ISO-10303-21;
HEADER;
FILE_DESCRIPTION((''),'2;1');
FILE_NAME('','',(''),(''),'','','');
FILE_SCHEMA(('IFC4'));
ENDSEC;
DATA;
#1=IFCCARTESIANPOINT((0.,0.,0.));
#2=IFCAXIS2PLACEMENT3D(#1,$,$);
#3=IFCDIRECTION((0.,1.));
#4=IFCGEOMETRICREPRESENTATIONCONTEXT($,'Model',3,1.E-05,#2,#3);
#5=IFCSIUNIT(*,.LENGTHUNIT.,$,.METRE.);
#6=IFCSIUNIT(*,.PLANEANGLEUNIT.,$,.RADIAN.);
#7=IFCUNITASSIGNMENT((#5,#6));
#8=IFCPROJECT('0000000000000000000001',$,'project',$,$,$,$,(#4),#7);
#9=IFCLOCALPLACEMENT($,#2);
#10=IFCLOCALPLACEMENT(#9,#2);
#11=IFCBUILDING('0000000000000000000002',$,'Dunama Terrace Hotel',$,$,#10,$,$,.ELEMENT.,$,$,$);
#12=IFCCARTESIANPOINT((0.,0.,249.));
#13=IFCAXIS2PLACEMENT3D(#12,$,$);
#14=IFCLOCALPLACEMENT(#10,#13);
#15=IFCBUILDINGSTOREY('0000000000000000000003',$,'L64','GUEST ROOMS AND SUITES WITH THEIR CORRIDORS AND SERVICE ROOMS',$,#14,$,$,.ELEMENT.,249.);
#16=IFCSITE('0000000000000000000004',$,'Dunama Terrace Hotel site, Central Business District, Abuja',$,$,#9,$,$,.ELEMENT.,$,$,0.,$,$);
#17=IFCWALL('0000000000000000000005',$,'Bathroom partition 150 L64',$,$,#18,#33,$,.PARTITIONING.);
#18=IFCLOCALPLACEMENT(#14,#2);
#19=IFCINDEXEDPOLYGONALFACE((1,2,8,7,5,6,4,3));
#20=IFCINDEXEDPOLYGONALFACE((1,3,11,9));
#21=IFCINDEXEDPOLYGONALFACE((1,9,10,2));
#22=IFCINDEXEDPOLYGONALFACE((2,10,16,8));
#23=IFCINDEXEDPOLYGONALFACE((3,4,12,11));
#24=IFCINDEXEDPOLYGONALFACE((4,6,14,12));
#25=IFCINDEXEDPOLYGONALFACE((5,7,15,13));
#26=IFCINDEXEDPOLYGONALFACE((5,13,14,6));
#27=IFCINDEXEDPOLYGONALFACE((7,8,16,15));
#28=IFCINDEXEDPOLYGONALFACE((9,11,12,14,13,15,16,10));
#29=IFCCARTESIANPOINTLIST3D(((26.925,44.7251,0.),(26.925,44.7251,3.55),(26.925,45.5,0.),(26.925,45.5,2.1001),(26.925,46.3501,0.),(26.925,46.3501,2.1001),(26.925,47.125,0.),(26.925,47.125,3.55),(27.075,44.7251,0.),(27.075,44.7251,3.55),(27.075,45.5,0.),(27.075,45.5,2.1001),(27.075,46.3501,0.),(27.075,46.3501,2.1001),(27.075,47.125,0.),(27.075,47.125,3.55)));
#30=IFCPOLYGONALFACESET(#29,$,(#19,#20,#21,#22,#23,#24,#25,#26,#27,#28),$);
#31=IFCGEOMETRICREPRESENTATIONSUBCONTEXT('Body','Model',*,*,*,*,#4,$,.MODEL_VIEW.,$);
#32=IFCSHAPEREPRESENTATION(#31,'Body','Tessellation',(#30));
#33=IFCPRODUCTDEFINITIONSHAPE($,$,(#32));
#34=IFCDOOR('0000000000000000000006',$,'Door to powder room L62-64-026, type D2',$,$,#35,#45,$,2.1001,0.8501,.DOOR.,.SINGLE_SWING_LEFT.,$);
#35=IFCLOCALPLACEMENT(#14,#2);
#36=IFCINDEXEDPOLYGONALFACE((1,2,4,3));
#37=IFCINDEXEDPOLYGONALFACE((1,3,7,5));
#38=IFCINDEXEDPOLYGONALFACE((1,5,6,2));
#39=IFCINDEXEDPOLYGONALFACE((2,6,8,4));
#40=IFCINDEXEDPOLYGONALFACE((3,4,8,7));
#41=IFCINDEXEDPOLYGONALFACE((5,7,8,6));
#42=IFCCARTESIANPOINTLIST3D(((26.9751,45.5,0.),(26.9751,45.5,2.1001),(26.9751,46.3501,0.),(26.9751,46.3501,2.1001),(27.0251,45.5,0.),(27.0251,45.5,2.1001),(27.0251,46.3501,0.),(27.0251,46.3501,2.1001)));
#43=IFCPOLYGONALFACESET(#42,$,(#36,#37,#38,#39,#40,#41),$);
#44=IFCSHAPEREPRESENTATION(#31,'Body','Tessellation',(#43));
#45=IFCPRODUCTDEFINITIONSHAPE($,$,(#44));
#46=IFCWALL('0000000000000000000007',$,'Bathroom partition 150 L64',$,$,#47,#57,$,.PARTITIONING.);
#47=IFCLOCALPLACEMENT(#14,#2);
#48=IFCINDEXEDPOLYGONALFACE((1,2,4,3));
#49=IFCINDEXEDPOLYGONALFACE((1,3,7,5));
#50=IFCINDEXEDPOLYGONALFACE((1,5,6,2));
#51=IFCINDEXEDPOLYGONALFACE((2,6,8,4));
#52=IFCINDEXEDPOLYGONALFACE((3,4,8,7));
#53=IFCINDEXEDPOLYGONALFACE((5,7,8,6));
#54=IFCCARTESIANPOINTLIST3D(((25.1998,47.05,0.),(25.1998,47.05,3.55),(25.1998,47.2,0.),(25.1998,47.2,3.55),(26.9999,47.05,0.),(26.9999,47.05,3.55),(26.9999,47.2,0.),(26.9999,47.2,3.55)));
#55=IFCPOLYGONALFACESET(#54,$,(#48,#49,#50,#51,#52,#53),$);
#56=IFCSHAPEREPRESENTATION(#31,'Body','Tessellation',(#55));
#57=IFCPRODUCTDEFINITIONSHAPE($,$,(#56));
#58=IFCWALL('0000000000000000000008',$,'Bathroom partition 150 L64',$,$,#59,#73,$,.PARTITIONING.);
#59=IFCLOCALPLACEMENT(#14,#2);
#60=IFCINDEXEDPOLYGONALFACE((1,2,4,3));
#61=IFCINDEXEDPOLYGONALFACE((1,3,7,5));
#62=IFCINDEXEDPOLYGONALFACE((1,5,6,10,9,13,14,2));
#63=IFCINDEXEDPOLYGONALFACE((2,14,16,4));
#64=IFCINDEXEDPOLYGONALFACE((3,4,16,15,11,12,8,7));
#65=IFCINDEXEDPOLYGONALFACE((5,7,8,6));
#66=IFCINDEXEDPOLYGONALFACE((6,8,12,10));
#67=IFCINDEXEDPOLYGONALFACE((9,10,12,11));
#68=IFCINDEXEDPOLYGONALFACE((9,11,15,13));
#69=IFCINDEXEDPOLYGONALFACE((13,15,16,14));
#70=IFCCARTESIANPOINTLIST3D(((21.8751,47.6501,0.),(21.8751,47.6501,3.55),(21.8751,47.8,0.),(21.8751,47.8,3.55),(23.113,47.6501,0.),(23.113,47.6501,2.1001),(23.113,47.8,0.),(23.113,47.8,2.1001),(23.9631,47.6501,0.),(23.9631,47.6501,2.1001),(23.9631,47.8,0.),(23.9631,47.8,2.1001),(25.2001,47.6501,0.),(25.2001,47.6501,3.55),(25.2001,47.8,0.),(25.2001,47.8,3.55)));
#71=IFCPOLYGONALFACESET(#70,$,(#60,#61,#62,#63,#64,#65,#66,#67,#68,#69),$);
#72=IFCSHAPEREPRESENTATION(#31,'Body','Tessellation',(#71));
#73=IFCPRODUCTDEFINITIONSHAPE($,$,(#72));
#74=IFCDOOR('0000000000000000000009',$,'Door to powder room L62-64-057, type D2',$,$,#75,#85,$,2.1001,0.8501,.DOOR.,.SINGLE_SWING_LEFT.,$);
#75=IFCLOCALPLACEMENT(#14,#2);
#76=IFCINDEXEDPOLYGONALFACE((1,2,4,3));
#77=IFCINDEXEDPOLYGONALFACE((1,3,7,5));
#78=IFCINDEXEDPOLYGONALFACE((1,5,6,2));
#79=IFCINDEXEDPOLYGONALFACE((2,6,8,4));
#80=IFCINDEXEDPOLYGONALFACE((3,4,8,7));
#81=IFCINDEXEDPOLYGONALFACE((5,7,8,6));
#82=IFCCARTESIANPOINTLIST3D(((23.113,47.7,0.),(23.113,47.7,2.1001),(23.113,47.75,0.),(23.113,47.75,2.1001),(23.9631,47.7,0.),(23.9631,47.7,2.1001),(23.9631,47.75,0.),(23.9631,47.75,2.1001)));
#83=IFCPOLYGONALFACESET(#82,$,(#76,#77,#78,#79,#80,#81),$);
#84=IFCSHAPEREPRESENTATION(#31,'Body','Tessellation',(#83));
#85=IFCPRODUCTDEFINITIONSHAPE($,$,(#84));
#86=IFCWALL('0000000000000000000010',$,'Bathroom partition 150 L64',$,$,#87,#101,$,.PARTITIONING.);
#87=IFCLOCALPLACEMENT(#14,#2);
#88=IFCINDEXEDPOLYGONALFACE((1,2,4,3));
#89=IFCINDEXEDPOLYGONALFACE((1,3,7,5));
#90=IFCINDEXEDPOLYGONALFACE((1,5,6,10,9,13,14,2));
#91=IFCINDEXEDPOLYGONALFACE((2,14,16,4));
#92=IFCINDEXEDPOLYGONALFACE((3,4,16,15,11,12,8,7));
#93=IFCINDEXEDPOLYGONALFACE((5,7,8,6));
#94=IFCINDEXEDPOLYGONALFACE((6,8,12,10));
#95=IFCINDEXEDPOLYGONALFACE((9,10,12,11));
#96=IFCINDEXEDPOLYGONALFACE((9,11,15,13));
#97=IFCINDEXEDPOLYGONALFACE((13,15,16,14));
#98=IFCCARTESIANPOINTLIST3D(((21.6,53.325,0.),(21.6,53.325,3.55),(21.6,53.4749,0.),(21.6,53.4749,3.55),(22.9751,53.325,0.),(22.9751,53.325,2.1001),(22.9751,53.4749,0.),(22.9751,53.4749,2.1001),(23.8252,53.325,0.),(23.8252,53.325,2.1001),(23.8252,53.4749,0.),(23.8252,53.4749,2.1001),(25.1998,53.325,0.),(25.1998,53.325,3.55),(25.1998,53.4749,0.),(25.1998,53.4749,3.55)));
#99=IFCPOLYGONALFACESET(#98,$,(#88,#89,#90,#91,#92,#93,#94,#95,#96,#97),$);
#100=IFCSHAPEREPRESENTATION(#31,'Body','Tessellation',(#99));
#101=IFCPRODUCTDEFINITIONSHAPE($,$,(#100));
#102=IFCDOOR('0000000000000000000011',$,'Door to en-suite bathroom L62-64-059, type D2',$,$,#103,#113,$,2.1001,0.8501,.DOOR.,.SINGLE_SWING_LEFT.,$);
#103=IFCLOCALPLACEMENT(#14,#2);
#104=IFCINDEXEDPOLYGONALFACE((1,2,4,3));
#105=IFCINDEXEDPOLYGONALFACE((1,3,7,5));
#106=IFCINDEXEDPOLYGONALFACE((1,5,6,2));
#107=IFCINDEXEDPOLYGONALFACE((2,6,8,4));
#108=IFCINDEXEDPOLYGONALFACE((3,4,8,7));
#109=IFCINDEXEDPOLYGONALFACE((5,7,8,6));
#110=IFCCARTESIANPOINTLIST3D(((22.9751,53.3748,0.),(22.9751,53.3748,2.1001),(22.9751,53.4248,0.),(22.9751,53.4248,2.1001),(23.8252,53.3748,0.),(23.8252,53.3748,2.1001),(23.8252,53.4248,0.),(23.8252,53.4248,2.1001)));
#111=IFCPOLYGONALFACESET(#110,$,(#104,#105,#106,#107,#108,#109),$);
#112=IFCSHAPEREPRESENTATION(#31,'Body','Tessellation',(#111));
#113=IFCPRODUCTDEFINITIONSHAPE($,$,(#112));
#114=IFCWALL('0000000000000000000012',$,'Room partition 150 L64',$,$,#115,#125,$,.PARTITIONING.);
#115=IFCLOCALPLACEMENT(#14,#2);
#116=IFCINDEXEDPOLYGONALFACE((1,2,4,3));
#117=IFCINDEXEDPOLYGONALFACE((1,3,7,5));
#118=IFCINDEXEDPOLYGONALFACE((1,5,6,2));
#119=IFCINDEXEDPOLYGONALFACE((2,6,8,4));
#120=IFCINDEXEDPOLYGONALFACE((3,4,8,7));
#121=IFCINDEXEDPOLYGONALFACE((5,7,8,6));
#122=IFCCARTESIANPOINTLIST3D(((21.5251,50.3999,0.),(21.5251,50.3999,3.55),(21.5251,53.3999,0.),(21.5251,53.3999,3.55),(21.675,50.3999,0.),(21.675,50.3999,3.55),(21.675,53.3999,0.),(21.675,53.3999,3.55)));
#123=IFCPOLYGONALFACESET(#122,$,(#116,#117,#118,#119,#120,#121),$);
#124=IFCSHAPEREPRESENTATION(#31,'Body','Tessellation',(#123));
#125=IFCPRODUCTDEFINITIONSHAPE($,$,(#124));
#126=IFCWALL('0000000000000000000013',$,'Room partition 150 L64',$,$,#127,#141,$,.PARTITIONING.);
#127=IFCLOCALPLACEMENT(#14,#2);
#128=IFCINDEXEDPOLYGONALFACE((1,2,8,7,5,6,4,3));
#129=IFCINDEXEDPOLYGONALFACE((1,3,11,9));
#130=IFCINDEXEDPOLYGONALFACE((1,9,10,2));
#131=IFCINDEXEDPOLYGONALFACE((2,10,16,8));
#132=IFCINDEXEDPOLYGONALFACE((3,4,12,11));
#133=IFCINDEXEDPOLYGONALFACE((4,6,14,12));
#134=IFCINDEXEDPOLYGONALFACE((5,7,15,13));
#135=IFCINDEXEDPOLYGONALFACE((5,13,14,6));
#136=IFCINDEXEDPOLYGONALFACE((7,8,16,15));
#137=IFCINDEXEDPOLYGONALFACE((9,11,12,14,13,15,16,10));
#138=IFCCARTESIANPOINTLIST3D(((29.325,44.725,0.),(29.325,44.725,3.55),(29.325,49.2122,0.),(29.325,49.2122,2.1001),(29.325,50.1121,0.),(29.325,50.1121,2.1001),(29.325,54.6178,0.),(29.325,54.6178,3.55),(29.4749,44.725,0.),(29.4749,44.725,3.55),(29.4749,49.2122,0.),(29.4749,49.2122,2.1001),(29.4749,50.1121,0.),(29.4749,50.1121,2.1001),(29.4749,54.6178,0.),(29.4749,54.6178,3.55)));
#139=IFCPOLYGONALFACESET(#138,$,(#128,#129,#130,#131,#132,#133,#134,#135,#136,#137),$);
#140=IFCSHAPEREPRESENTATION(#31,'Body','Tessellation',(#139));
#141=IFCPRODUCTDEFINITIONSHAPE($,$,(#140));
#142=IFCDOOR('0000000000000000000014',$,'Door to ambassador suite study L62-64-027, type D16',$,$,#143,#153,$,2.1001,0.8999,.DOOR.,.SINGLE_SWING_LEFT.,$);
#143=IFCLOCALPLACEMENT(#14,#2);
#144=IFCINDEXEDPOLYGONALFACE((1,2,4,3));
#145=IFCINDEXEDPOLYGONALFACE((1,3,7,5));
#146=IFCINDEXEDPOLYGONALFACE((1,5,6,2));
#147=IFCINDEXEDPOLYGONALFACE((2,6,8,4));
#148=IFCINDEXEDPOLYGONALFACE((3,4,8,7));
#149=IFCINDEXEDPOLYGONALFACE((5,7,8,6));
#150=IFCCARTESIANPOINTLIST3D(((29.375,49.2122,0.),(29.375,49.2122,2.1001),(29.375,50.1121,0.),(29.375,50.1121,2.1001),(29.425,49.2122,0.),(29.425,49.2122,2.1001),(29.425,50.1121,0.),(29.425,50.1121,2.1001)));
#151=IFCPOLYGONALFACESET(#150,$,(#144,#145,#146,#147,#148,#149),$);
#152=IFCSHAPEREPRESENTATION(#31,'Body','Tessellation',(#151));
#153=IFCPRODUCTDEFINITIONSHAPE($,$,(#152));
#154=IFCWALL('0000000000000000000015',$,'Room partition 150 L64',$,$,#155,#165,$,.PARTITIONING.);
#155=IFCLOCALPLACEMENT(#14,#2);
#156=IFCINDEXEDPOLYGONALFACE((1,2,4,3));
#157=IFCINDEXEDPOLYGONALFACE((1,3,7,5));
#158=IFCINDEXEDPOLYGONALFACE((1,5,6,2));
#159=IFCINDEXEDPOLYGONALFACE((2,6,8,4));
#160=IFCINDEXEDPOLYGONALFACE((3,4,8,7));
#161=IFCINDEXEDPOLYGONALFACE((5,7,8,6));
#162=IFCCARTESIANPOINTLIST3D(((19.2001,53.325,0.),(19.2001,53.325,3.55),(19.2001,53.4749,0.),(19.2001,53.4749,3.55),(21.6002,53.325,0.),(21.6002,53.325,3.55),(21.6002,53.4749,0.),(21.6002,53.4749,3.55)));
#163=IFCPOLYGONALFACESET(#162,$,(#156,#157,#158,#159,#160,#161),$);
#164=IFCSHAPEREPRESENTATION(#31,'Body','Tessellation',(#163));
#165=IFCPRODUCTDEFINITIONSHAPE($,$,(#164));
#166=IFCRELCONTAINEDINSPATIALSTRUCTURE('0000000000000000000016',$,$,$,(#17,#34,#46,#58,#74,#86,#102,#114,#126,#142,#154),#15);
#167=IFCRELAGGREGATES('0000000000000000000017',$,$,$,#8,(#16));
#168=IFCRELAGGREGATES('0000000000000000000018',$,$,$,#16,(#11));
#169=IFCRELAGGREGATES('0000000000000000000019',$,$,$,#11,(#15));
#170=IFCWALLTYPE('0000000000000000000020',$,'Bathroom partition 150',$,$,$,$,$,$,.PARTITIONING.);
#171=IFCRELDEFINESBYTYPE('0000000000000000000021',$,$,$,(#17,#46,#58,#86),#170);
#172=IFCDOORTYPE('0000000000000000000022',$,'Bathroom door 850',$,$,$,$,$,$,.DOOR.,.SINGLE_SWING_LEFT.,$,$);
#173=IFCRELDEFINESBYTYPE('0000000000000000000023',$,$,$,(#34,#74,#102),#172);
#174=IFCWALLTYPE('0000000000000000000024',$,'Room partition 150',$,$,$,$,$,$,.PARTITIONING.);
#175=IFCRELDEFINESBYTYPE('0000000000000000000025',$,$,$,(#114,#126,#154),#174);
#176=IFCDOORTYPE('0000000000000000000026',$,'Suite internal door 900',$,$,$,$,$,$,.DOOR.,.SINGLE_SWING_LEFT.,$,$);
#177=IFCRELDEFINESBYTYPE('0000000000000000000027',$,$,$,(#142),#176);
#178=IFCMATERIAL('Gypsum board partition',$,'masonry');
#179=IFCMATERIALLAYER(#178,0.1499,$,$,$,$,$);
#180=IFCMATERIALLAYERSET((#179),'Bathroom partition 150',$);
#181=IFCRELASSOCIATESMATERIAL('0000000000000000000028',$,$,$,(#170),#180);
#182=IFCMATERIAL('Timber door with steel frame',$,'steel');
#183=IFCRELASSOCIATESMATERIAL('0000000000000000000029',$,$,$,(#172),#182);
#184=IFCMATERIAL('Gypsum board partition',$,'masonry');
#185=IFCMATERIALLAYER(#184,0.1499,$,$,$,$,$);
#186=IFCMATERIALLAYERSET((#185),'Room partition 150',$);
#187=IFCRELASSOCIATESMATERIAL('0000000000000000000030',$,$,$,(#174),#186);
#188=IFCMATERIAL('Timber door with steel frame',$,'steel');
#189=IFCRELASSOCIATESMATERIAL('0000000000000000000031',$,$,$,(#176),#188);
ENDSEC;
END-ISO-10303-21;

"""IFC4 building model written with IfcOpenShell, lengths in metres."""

from ifc_helpers import new_model, si_unit, direction, frame, frame_2d, origin, place, context, subcontext, project, spatial, rectangle, extrude, material, layer, layer_set, type_object, element, fill, save


model = new_model("IFC4")

# Units and contexts
model_context = context("Model", 3, precision=1e-05, world=origin(), true_north=direction((0.0, 1.0)))
body_context = subcontext(model_context, "Body", "Model", "MODEL_VIEW")
ifc_project = project(units=[si_unit("LENGTHUNIT", "METRE"), si_unit("PLANEANGLEUNIT", "RADIAN")], contexts=[model_context])

# Site, building, storey
site_placement = place(None, origin())
site = spatial("IfcSite", under=ifc_project, at=site_placement, Name="Dunama Terrace Hotel site, Central Business District, Abuja", CompositionType="ELEMENT", RefElevation=0.0)
building_placement = place(site_placement, origin())
building = spatial("IfcBuilding", under=site, at=building_placement, Name="Dunama Terrace Hotel", CompositionType="ELEMENT")
storey_placement = place(building_placement, frame((0.0, 0.0, 249.0)))
storey = spatial("IfcBuildingStorey", under=building, at=storey_placement, Name="L64", Description="GUEST ROOMS AND SUITES WITH THEIR CORRIDORS AND SERVICE ROOMS", CompositionType="ELEMENT", Elevation=249.0)

# Wall, opening, door
ifc_material_1 = material(Name="Gypsum board partition", Category="masonry")
ifc_layer_1 = layer(ifc_material_1, 0.1499)
ifc_layer_set_1 = layer_set([ifc_layer_1], Name="Bathroom partition 150")
wall_type_1 = type_object("IfcWallType", Name="Bathroom partition 150", PredefinedType="PARTITIONING", material=ifc_layer_set_1)
wall_1_placement = place(storey_placement, frame((27.0, 44.7251, 0.0), z_axis=(0.0, 0.0, 1.0), x_axis=(0.0, 1.0, 0.0)))
wall_1 = element("IfcWall", 1, at=wall_1_placement, inside=storey, type_object=wall_type_1, Name="Bathroom partition 150 L64", PredefinedType="PARTITIONING", context=body_context, shape_type="SweptSolid", body=[
    extrude(rectangle(XDim=2.3999, YDim=0.1499, at=frame_2d((1.2, 0.0))), origin(), (0.0, 0.0, 1.0), 3.55),
])
opening_1_placement = place(wall_1_placement, frame((0.7749, 0.0, 0.0)))
opening_1 = element("IfcOpeningElement", 2, at=opening_1_placement, cuts=wall_1, PredefinedType="OPENING", context=body_context, shape_type="SweptSolid", body=[
    extrude(rectangle(XDim=0.8501, YDim=2.1001, at=frame_2d((0.425, 1.05))), frame((0.0, 0.085, 0.0), z_axis=(0.0, -1.0, 0.0), x_axis=(1.0, 0.0, 0.0)), (0.0, 0.0, 1.0), 0.1699),
])
ifc_material_2 = material(Name="Timber door with steel frame", Category="steel")
door_type_1 = type_object("IfcDoorType", Name="Bathroom door 850", OperationType="SINGLE_SWING_LEFT", PredefinedType="DOOR", material=ifc_material_2)
door_1_placement = place(opening_1_placement, origin())
door_1 = element("IfcDoor", 3, at=door_1_placement, inside=storey, type_object=door_type_1, Name="Door to powder room L62-64-026, type D2", OperationType="SINGLE_SWING_LEFT", OverallHeight=2.1001, OverallWidth=0.8501, PredefinedType="DOOR", context=body_context, shape_type="SweptSolid", body=[
    extrude(rectangle(XDim=0.8501, YDim=2.1001, at=frame_2d((0.425, 1.05))), frame((0.0, 0.0249, 0.0), z_axis=(0.0, -1.0, 0.0), x_axis=(1.0, 0.0, 0.0)), (0.0, 0.0, 1.0), 0.05),
])
fill(opening_1, door_1)

# Wall
wall_2_placement = place(storey_placement, frame((25.2, 47.125, 0.0), z_axis=(0.0, 0.0, 1.0), x_axis=(1.0, 0.0, 0.0)))
element("IfcWall", 4, at=wall_2_placement, inside=storey, type_object=wall_type_1, Name="Bathroom partition 150 L64", PredefinedType="PARTITIONING", context=body_context, shape_type="SweptSolid", body=[
    extrude(rectangle(XDim=1.8, YDim=0.1499, at=frame_2d((0.8999, 0.0))), origin(), (0.0, 0.0, 1.0), 3.55),
])

# Walls, openings, doors
wall_3_placement = place(storey_placement, frame((21.875, 47.7251, 0.0), z_axis=(0.0, 0.0, 1.0), x_axis=(1.0, 0.0, 0.0)))
wall_3 = element("IfcWall", 5, at=wall_3_placement, inside=storey, type_object=wall_type_1, Name="Bathroom partition 150 L64", PredefinedType="PARTITIONING", context=body_context, shape_type="SweptSolid", body=[
    extrude(rectangle(XDim=3.325, YDim=0.1499, at=frame_2d((1.6626, 0.0))), origin(), (0.0, 0.0, 1.0), 3.55),
])
opening_2_placement = place(wall_3_placement, frame((1.238, 0.0, 0.0)))
opening_2 = element("IfcOpeningElement", 6, at=opening_2_placement, cuts=wall_3, PredefinedType="OPENING", context=body_context, shape_type="SweptSolid", body=[
    extrude(rectangle(XDim=0.8501, YDim=2.1001, at=frame_2d((0.425, 1.05))), frame((0.0, 0.085, 0.0), z_axis=(0.0, -1.0, 0.0), x_axis=(1.0, 0.0, 0.0)), (0.0, 0.0, 1.0), 0.1699),
])
door_2_placement = place(opening_2_placement, frame((0.8501, 0.0, 0.0), z_axis=(0.0, 0.0, 1.0), x_axis=(-1.0, 0.0, 0.0)))
door_2 = element("IfcDoor", 7, at=door_2_placement, inside=storey, type_object=door_type_1, Name="Door to powder room L62-64-057, type D2", OperationType="SINGLE_SWING_LEFT", OverallHeight=2.1001, OverallWidth=0.8501, PredefinedType="DOOR", context=body_context, shape_type="SweptSolid", body=[
    extrude(rectangle(XDim=0.8501, YDim=2.1001, at=frame_2d((0.425, 1.05))), frame((0.0, 0.0251, 0.0), z_axis=(0.0, -1.0, 0.0), x_axis=(1.0, 0.0, 0.0)), (0.0, 0.0, 1.0), 0.05),
])
fill(opening_2, door_2)
wall_4_placement = place(storey_placement, frame((21.6001, 53.3999, 0.0), z_axis=(0.0, 0.0, 1.0), x_axis=(1.0, 0.0, 0.0)))
wall_4 = element("IfcWall", 8, at=wall_4_placement, inside=storey, type_object=wall_type_1, Name="Bathroom partition 150 L64", PredefinedType="PARTITIONING", context=body_context, shape_type="SweptSolid", body=[
    extrude(rectangle(XDim=3.5999, YDim=0.1499, at=frame_2d((1.7998, 0.0))), origin(), (0.0, 0.0, 1.0), 3.55),
])
opening_3_placement = place(wall_4_placement, frame((1.375, 0.0, 0.0)))
opening_3 = element("IfcOpeningElement", 9, at=opening_3_placement, cuts=wall_4, PredefinedType="OPENING", context=body_context, shape_type="SweptSolid", body=[
    extrude(rectangle(XDim=0.8501, YDim=2.1001, at=frame_2d((0.425, 1.05))), frame((0.0, 0.085, 0.0), z_axis=(0.0, -1.0, 0.0), x_axis=(1.0, 0.0, 0.0)), (0.0, 0.0, 1.0), 0.1699),
])
door_3_placement = place(opening_3_placement, frame((0.8501, 0.0, 0.0), z_axis=(0.0, 0.0, 1.0), x_axis=(-1.0, 0.0, 0.0)))
door_3 = element("IfcDoor", 10, at=door_3_placement, inside=storey, type_object=door_type_1, Name="Door to en-suite bathroom L62-64-059, type D2", OperationType="SINGLE_SWING_LEFT", OverallHeight=2.1001, OverallWidth=0.8501, PredefinedType="DOOR", context=body_context, shape_type="SweptSolid", body=[
    extrude(rectangle(XDim=0.8501, YDim=2.1001, at=frame_2d((0.425, 1.05))), frame((0.0, 0.0251, 0.0), z_axis=(0.0, -1.0, 0.0), x_axis=(1.0, 0.0, 0.0)), (0.0, 0.0, 1.0), 0.05),
])
fill(opening_3, door_3)

# Wall
ifc_material_3 = material(Name="Gypsum board partition", Category="masonry")
ifc_layer_2 = layer(ifc_material_3, 0.1499)
ifc_layer_set_2 = layer_set([ifc_layer_2], Name="Room partition 150")
wall_type_2 = type_object("IfcWallType", Name="Room partition 150", PredefinedType="PARTITIONING", material=ifc_layer_set_2)
wall_5_placement = place(storey_placement, frame((21.6001, 50.3999, 0.0), z_axis=(0.0, 0.0, 1.0), x_axis=(0.0, 1.0, 0.0)))
element("IfcWall", 11, at=wall_5_placement, inside=storey, type_object=wall_type_2, Name="Room partition 150 L64", PredefinedType="PARTITIONING", context=body_context, shape_type="SweptSolid", body=[
    extrude(rectangle(XDim=3.0, YDim=0.1499, at=frame_2d((1.5, 0.0))), origin(), (0.0, 0.0, 1.0), 3.55),
])

# Wall, opening, door
wall_6_placement = place(storey_placement, frame((29.3999, 44.7251, 0.0), z_axis=(0.0, 0.0, 1.0), x_axis=(0.0, 1.0, 0.0)))
wall_6 = element("IfcWall", 12, at=wall_6_placement, inside=storey, type_object=wall_type_2, Name="Room partition 150 L64", PredefinedType="PARTITIONING", context=body_context, shape_type="SweptSolid", body=[
    extrude(rectangle(XDim=9.8928, YDim=0.1499, at=frame_2d((4.9463, 0.0))), origin(), (0.0, 0.0, 1.0), 3.55),
])
opening_4_placement = place(wall_6_placement, frame((4.4871, 0.0, 0.0)))
opening_4 = element("IfcOpeningElement", 13, at=opening_4_placement, cuts=wall_6, PredefinedType="OPENING", context=body_context, shape_type="SweptSolid", body=[
    extrude(rectangle(XDim=0.8999, YDim=2.1001, at=frame_2d((0.45, 1.05))), frame((0.0, 0.085, 0.0), z_axis=(0.0, -1.0, 0.0), x_axis=(1.0, 0.0, 0.0)), (0.0, 0.0, 1.0), 0.1699),
])
ifc_material_4 = material(Name="Timber door with steel frame", Category="steel")
door_type_2 = type_object("IfcDoorType", Name="Suite internal door 900", OperationType="SINGLE_SWING_LEFT", PredefinedType="DOOR", material=ifc_material_4)
door_4_placement = place(opening_4_placement, origin())
door_4 = element("IfcDoor", 14, at=door_4_placement, inside=storey, type_object=door_type_2, Name="Door to ambassador suite study L62-64-027, type D16", OperationType="SINGLE_SWING_LEFT", OverallHeight=2.1001, OverallWidth=0.8999, PredefinedType="DOOR", context=body_context, shape_type="SweptSolid", body=[
    extrude(rectangle(XDim=0.8999, YDim=2.1001, at=frame_2d((0.45, 1.05))), frame((0.0, 0.0249, 0.0), z_axis=(0.0, -1.0, 0.0), x_axis=(1.0, 0.0, 0.0)), (0.0, 0.0, 1.0), 0.05),
])
fill(opening_4, door_4)

# Wall
wall_7_placement = place(storey_placement, frame((19.2, 53.3999, 0.0), z_axis=(0.0, 0.0, 1.0), x_axis=(1.0, 0.0, 0.0)))
element("IfcWall", 15, at=wall_7_placement, inside=storey, type_object=wall_type_2, Name="Room partition 150 L64", PredefinedType="PARTITIONING", context=body_context, shape_type="SweptSolid", body=[
    extrude(rectangle(XDim=2.4001, YDim=0.1499, at=frame_2d((1.2002, 0.0))), origin(), (0.0, 0.0, 1.0), 3.55),
])

save(model, "model.ifc")
